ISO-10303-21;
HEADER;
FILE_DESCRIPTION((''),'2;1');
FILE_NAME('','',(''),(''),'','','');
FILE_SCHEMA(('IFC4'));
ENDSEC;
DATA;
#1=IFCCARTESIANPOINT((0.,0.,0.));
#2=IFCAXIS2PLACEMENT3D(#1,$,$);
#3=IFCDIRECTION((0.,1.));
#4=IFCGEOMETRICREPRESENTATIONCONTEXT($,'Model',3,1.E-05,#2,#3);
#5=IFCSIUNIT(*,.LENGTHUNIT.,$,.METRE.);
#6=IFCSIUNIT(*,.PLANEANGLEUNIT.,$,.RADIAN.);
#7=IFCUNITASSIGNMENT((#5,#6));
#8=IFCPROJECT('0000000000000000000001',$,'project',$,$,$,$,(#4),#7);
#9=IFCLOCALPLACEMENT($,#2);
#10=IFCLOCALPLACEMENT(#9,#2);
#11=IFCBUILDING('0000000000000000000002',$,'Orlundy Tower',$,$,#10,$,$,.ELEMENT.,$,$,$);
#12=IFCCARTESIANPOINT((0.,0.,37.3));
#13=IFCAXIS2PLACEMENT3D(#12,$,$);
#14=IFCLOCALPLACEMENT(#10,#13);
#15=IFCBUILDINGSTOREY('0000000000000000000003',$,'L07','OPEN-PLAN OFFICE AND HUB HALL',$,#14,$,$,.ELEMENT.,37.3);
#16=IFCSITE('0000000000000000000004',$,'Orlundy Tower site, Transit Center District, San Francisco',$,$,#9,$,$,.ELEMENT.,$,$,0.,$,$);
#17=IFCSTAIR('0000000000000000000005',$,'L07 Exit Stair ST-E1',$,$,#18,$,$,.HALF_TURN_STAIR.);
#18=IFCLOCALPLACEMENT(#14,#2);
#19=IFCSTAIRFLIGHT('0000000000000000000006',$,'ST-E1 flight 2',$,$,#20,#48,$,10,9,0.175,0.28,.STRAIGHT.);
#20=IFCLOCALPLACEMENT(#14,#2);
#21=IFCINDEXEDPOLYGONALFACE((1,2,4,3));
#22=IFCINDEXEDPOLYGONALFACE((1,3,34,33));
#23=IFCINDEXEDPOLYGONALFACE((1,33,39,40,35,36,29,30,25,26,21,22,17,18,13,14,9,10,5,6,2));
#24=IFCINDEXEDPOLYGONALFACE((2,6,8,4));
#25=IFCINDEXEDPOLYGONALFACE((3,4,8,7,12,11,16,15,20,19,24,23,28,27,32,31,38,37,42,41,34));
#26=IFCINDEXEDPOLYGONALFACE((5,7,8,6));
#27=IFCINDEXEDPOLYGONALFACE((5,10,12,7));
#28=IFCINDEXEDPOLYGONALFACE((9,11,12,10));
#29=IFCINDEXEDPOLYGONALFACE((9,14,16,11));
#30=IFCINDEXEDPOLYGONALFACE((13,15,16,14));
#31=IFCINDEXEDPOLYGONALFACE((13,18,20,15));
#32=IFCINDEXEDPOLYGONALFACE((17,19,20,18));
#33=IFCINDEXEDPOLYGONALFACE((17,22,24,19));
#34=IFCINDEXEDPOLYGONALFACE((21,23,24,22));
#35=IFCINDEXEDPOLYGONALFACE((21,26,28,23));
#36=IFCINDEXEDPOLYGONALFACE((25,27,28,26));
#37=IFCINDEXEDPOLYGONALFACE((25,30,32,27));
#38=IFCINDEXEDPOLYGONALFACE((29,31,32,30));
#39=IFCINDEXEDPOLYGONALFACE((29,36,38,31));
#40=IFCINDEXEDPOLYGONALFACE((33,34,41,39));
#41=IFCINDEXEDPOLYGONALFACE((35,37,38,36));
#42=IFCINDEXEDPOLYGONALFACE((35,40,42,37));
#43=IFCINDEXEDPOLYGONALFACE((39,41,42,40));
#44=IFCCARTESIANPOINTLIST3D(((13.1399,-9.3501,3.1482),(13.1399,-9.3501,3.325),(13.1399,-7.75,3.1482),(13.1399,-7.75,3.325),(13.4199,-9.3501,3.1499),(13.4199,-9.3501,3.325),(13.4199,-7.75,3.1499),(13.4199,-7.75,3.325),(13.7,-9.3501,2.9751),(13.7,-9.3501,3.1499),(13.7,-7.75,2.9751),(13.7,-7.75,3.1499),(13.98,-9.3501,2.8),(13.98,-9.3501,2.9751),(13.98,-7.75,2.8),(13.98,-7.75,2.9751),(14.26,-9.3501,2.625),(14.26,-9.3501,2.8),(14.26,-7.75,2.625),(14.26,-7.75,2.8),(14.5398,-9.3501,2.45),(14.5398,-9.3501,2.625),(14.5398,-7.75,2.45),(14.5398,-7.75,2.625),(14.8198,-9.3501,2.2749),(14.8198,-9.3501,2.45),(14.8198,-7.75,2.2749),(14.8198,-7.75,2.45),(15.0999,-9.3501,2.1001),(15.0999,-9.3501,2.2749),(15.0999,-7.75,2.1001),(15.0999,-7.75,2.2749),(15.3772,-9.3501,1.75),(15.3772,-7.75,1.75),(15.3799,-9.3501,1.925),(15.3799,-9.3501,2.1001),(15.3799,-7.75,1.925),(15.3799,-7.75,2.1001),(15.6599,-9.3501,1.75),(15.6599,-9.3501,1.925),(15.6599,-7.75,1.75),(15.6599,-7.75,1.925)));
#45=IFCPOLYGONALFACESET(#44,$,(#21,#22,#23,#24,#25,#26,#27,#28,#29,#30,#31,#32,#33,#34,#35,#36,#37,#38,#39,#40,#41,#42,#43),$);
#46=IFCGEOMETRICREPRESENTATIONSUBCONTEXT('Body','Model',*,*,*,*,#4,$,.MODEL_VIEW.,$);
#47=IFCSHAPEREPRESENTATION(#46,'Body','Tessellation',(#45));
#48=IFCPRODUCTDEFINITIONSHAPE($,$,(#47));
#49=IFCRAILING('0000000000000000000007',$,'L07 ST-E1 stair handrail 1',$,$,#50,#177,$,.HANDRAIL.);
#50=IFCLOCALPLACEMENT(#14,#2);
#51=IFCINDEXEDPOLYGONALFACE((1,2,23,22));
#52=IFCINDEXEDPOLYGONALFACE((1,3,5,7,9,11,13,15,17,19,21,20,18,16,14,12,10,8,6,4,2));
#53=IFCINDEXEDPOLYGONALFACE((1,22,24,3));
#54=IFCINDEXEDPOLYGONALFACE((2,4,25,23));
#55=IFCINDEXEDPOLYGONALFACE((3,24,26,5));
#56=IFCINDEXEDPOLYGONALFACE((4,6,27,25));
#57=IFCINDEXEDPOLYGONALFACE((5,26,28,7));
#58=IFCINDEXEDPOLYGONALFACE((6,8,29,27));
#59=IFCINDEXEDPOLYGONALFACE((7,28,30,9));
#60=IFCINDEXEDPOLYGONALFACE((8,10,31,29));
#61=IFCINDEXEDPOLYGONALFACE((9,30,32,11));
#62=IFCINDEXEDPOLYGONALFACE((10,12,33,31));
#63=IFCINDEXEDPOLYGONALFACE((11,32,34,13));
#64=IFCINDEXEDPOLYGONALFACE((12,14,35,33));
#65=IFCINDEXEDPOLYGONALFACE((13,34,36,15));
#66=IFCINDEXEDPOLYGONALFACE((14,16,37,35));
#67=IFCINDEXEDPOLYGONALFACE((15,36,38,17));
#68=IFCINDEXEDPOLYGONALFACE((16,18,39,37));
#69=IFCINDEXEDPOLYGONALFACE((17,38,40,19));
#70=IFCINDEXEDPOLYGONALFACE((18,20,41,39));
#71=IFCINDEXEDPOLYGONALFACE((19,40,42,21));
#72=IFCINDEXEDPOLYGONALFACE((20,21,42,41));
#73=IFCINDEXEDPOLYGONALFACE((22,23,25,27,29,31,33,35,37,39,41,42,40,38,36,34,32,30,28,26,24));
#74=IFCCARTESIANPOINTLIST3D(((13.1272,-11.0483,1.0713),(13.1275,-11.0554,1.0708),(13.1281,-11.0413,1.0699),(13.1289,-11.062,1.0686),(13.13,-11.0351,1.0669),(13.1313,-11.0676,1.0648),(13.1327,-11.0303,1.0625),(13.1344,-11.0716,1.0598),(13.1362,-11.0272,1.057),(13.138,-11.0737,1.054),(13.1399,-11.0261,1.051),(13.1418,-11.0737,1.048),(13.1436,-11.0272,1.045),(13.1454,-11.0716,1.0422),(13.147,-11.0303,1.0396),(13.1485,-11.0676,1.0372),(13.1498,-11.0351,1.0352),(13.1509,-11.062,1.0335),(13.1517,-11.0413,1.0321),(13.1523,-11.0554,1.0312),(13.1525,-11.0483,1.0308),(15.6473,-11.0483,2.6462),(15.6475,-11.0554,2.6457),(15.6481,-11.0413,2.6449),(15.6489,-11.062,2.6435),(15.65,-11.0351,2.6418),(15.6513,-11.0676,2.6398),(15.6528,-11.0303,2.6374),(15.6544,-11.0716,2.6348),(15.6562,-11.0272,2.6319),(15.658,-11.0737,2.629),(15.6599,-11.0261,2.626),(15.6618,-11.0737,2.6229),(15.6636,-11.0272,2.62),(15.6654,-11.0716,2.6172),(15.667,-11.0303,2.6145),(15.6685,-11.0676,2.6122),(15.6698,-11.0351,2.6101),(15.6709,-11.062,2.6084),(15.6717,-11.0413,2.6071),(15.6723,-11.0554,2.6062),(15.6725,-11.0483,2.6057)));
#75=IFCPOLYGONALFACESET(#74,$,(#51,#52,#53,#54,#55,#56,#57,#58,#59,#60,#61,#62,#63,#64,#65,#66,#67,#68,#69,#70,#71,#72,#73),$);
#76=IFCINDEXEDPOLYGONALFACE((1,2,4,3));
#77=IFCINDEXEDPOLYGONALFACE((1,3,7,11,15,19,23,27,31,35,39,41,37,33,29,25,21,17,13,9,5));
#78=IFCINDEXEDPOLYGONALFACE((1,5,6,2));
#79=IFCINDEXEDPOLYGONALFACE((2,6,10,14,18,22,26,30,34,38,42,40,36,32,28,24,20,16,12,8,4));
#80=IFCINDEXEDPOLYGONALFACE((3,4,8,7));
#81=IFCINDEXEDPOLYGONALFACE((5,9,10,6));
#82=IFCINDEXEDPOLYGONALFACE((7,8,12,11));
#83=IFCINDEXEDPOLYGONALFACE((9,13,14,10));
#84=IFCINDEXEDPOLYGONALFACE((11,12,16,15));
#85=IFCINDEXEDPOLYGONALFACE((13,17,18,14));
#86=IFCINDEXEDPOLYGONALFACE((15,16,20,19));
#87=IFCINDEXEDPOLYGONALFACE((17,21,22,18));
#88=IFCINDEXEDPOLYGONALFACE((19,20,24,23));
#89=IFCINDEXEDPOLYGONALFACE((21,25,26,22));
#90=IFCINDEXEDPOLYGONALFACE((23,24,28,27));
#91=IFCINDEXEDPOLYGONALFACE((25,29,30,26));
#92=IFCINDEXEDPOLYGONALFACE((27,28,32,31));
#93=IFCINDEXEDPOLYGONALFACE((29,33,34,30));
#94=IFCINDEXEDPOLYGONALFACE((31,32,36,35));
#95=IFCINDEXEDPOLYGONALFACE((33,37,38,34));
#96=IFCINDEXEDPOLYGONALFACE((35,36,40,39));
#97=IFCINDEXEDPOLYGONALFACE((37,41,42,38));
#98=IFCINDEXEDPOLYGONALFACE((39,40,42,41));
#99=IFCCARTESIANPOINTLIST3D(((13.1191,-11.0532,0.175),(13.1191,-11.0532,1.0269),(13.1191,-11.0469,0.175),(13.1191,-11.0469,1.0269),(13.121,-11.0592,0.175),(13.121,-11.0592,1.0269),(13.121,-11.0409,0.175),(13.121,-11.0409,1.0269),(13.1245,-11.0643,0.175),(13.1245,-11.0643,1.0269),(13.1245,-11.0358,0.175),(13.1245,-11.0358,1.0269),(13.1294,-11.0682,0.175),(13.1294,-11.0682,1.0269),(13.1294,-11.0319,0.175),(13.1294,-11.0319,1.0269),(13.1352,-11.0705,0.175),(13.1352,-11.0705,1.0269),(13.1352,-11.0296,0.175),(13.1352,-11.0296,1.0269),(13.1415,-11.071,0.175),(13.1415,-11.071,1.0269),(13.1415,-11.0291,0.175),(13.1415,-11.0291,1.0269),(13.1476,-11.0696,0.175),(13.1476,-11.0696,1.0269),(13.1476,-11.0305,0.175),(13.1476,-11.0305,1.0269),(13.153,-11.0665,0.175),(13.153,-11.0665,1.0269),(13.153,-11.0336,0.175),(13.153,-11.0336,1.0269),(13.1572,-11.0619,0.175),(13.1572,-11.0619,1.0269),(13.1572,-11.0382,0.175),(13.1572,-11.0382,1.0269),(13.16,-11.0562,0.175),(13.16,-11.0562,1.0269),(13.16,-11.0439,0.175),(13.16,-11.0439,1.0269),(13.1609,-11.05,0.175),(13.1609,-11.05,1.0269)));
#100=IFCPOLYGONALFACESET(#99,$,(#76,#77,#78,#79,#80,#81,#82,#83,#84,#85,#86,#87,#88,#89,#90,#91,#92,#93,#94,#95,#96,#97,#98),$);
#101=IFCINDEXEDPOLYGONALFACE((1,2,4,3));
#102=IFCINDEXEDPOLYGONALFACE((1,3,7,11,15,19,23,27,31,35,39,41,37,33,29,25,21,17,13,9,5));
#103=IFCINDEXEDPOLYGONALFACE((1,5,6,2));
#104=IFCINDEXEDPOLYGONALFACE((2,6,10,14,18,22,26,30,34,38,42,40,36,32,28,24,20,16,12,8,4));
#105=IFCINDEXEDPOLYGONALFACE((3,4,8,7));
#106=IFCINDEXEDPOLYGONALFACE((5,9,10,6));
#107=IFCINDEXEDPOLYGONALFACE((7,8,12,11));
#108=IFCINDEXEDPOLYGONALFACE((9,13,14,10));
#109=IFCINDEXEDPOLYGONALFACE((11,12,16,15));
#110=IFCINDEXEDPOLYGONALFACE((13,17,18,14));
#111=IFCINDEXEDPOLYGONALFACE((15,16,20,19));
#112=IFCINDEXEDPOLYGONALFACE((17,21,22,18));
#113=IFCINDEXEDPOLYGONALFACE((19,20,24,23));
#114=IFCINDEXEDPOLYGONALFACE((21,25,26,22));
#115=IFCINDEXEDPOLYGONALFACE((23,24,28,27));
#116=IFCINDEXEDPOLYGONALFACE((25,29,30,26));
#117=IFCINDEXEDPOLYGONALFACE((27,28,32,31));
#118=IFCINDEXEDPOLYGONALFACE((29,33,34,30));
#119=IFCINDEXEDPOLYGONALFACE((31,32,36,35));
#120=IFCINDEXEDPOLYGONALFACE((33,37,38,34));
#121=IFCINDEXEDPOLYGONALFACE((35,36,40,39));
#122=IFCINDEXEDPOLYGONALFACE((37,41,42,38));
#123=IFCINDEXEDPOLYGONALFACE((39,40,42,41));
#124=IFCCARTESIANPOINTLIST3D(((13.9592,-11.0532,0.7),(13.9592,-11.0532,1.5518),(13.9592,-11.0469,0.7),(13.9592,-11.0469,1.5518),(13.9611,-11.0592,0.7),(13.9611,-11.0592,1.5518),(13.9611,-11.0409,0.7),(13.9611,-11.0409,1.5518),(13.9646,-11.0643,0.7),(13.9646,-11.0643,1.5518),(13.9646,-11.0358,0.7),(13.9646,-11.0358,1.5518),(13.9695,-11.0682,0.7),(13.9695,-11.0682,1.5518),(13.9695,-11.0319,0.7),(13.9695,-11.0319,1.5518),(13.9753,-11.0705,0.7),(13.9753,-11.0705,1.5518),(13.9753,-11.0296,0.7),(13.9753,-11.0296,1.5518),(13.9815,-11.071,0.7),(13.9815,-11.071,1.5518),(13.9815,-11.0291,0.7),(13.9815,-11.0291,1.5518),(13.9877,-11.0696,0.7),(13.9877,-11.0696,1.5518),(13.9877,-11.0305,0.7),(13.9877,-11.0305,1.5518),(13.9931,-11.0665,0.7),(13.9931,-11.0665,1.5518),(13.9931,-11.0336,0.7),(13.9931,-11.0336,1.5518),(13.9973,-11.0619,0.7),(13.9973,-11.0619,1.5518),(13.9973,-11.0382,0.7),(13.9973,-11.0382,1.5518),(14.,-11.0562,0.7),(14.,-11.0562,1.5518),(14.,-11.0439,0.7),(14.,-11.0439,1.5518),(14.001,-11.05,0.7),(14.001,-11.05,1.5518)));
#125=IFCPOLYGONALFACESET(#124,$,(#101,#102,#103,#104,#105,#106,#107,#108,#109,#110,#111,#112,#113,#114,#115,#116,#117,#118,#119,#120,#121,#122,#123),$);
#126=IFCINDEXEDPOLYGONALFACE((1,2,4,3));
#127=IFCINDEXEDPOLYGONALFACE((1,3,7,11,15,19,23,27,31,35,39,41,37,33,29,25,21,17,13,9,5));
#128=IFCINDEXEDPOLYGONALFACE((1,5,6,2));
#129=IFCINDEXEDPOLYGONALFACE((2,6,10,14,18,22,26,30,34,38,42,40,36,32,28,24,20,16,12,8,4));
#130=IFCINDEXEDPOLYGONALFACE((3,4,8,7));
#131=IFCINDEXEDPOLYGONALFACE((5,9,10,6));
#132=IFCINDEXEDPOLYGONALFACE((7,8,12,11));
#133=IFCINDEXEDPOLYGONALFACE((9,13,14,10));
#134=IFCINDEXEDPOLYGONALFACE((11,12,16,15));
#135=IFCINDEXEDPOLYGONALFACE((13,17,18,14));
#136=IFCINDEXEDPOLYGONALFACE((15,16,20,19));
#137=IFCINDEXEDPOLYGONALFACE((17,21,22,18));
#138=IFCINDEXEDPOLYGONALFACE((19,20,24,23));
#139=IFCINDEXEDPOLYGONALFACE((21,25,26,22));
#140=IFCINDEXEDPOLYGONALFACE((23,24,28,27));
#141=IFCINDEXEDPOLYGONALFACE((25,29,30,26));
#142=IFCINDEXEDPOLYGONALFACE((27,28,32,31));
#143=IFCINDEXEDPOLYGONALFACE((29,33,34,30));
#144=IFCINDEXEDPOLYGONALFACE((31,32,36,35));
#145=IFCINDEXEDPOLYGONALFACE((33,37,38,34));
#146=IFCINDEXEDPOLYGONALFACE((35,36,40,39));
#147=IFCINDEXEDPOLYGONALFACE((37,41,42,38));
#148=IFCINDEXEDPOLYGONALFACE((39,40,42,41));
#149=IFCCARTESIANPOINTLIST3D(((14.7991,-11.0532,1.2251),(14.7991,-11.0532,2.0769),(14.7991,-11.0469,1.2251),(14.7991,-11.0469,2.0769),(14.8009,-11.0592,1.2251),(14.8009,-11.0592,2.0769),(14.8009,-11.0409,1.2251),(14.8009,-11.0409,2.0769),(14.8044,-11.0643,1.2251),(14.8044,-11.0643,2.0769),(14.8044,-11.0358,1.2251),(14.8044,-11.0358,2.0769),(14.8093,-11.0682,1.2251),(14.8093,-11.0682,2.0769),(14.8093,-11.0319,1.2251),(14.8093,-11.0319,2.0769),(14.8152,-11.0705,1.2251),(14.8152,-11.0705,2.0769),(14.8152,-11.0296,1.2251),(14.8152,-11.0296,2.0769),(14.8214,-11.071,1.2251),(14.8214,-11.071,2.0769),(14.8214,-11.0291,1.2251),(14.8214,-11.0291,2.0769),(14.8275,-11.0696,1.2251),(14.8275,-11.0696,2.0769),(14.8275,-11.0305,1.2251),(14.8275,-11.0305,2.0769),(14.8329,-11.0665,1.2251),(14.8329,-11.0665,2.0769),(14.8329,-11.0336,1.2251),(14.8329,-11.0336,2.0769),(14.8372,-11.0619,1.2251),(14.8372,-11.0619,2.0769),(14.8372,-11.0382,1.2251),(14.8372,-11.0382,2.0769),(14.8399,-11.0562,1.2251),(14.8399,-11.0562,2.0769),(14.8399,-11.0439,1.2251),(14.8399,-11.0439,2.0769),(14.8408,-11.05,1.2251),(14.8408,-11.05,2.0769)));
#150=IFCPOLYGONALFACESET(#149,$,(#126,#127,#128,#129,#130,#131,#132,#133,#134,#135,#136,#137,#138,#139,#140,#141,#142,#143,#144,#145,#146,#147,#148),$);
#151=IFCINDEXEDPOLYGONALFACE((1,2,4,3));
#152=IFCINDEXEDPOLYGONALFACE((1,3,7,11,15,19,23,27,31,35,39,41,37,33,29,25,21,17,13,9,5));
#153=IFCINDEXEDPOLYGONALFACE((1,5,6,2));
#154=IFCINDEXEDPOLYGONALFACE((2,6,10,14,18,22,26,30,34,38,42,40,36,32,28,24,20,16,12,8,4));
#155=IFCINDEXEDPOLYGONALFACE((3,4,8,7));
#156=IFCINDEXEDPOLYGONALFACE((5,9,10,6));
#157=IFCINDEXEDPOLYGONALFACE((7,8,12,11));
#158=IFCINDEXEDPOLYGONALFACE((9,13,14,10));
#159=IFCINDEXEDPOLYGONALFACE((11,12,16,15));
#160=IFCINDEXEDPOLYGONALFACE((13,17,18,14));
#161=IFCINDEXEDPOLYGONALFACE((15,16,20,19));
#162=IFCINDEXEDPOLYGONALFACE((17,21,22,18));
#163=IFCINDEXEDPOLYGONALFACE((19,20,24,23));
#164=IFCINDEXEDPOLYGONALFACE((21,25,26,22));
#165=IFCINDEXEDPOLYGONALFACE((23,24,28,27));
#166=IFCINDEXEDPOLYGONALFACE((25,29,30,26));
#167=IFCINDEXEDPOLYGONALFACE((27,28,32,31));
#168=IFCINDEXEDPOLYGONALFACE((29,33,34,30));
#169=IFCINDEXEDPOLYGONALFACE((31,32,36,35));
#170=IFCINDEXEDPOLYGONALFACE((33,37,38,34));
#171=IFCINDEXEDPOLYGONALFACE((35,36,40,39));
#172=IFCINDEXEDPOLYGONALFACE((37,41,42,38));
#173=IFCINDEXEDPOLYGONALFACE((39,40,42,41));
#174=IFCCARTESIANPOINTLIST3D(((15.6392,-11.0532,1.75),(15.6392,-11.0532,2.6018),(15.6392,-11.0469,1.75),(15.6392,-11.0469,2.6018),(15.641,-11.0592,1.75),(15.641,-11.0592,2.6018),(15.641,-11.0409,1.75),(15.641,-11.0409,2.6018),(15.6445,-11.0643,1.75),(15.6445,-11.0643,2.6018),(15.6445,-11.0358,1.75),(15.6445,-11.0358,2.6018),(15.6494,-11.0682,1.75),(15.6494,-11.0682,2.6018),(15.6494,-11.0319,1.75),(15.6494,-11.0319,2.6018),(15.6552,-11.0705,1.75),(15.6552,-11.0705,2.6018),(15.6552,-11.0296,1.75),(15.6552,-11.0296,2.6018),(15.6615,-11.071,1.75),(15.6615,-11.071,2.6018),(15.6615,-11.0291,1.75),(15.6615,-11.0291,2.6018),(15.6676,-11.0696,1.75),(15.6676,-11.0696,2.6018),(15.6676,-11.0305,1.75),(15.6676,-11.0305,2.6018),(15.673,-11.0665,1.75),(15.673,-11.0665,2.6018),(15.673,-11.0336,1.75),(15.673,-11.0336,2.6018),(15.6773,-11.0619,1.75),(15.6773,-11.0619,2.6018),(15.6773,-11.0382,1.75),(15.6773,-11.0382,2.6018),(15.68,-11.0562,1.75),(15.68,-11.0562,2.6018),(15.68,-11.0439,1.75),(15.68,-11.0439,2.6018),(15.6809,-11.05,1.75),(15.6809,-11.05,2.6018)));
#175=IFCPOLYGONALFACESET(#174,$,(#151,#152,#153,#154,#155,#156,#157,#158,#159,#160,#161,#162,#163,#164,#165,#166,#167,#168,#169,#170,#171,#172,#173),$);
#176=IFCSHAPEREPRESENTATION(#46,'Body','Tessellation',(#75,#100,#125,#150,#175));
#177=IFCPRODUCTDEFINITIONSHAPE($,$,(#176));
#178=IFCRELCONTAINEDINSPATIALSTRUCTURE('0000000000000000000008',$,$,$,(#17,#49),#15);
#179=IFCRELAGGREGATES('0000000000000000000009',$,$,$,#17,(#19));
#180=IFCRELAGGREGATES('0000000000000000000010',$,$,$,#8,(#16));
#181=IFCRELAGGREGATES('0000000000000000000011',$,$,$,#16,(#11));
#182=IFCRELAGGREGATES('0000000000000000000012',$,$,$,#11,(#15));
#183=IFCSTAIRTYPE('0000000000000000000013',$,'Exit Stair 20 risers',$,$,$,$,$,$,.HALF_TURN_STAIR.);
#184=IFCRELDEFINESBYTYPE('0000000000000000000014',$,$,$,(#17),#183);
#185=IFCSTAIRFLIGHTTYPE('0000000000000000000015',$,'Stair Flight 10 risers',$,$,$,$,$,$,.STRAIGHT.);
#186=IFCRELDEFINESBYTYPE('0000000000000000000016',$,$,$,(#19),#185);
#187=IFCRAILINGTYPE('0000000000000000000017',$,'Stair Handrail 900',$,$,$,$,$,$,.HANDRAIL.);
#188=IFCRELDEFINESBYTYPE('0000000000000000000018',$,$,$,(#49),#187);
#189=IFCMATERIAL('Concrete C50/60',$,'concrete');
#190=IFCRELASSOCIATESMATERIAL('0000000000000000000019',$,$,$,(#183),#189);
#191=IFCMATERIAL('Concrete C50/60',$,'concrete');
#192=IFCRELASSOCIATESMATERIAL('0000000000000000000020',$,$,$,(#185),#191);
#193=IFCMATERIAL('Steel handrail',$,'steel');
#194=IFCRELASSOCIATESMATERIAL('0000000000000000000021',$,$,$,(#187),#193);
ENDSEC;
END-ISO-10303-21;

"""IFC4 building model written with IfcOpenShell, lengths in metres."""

from ifc_helpers import new_model, si_unit, direction, frame, origin, origin_2d, place, context, subcontext, project, spatial, polyline, circle, outline, extrude, material, type_object, element, aggregate, save


model = new_model("IFC4")

# Units and contexts
model_context = context("Model", 3, precision=1e-05, world=origin(), true_north=direction((0.0, 1.0)))
body_context = subcontext(model_context, "Body", "Model", "MODEL_VIEW")
ifc_project = project(units=[si_unit("LENGTHUNIT", "METRE"), si_unit("PLANEANGLEUNIT", "RADIAN")], contexts=[model_context])

# Site, building, storey
site_placement = place(None, origin())
site = spatial("IfcSite", under=ifc_project, at=site_placement, Name="Orlundy Tower site, Transit Center District, San Francisco", CompositionType="ELEMENT", RefElevation=0.0)
building_placement = place(site_placement, origin())
building = spatial("IfcBuilding", under=site, at=building_placement, Name="Orlundy Tower", CompositionType="ELEMENT")
storey_placement = place(building_placement, frame((0.0, 0.0, 37.3)))
storey = spatial("IfcBuildingStorey", under=building, at=storey_placement, Name="L07", Description="OPEN-PLAN OFFICE AND HUB HALL", CompositionType="ELEMENT", Elevation=37.3)

# Stair, stair flight
ifc_material_1 = material(Name="Concrete C50/60", Category="concrete")
stair_type = type_object("IfcStairType", Name="Exit Stair 20 risers", PredefinedType="HALF_TURN_STAIR", material=ifc_material_1)
stair_placement = place(storey_placement, origin())
stair = element("IfcStair", 1, at=stair_placement, inside=storey, type_object=stair_type, Name="L07 Exit Stair ST-E1", PredefinedType="HALF_TURN_STAIR")
ifc_material_2 = material(Name="Concrete C50/60", Category="concrete")
stair_flight_type = type_object("IfcStairFlightType", Name="Stair Flight 10 risers", PredefinedType="STRAIGHT", material=ifc_material_2)
stair_flight_1_placement = place(storey_placement, frame((15.6599, -8.55, 1.75), z_axis=(0.0, 0.0, 1.0), x_axis=(-1.0, 0.0, 0.0)))
stair_flight_1 = element("IfcStairFlight", 2, at=stair_flight_1_placement, type_object=stair_flight_type, Name="ST-E1 flight 2", NumberOfRisers=10, NumberOfTreads=9, PredefinedType="STRAIGHT", RiserHeight=0.175, TreadLength=0.28, context=body_context, shape_type="SweptSolid", body=[
    extrude(outline(polyline([(0.0, 0.0), (0.0, 0.175), (0.28, 0.175), (0.28, 0.3501), (0.5601, 0.3501), (0.5601, 0.5249), (0.8401, 0.5249), (0.8401, 0.7), (1.1201, 0.7), (1.1201, 0.875), (1.3999, 0.875), (1.3999, 1.05), (1.6799, 1.05), (1.6799, 1.2251), (1.96, 1.2251), (1.96, 1.3999), (2.24, 1.3999), (2.24, 1.575), (2.52, 1.575), (2.52, 1.75), (2.52, 1.3982), (0.2827, 0.0), (0.0, 0.0)])), frame((0.0, 0.8, 0.0), z_axis=(0.0, -1.0, 0.0), x_axis=(1.0, 0.0, 0.0)), (0.0, 0.0, 1.0), 1.6001),
])
aggregate(stair, [stair_flight_1])

# Railing
ifc_material_3 = material(Name="Steel handrail", Category="steel")
railing_type_1 = type_object("IfcRailingType", Name="Stair Handrail 900", PredefinedType="HANDRAIL", material=ifc_material_3)
railing_1_placement = place(storey_placement, frame((13.1399, -11.05, 0.175)))
element("IfcRailing", 3, at=railing_1_placement, inside=storey, type_object=railing_type_1, Name="L07 ST-E1 stair handrail 1", PredefinedType="HANDRAIL", context=body_context, shape_type="SweptSolid", body=[
    extrude(circle(Radius=0.0239, at=origin_2d()), frame((0.0, 0.0, 0.876), z_axis=(0.848008, 0.0, 0.529984), x_axis=(0.0, 1.0, 0.0)), (0.0, 0.0, 1.0), 2.9717),
    extrude(circle(Radius=0.021, at=origin_2d()), origin(), (0.0, 0.0, 1.0), 0.8518),
    extrude(circle(Radius=0.021, at=origin_2d()), frame((0.8401, 0.0, 0.5249)), (0.0, 0.0, 1.0), 0.8518),
    extrude(circle(Radius=0.021, at=origin_2d()), frame((1.6799, 0.0, 1.05)), (0.0, 0.0, 1.0), 0.8518),
    extrude(circle(Radius=0.021, at=origin_2d()), frame((2.52, 0.0, 1.575)), (0.0, 0.0, 1.0), 0.8518),
])

save(model, "model.ifc")
